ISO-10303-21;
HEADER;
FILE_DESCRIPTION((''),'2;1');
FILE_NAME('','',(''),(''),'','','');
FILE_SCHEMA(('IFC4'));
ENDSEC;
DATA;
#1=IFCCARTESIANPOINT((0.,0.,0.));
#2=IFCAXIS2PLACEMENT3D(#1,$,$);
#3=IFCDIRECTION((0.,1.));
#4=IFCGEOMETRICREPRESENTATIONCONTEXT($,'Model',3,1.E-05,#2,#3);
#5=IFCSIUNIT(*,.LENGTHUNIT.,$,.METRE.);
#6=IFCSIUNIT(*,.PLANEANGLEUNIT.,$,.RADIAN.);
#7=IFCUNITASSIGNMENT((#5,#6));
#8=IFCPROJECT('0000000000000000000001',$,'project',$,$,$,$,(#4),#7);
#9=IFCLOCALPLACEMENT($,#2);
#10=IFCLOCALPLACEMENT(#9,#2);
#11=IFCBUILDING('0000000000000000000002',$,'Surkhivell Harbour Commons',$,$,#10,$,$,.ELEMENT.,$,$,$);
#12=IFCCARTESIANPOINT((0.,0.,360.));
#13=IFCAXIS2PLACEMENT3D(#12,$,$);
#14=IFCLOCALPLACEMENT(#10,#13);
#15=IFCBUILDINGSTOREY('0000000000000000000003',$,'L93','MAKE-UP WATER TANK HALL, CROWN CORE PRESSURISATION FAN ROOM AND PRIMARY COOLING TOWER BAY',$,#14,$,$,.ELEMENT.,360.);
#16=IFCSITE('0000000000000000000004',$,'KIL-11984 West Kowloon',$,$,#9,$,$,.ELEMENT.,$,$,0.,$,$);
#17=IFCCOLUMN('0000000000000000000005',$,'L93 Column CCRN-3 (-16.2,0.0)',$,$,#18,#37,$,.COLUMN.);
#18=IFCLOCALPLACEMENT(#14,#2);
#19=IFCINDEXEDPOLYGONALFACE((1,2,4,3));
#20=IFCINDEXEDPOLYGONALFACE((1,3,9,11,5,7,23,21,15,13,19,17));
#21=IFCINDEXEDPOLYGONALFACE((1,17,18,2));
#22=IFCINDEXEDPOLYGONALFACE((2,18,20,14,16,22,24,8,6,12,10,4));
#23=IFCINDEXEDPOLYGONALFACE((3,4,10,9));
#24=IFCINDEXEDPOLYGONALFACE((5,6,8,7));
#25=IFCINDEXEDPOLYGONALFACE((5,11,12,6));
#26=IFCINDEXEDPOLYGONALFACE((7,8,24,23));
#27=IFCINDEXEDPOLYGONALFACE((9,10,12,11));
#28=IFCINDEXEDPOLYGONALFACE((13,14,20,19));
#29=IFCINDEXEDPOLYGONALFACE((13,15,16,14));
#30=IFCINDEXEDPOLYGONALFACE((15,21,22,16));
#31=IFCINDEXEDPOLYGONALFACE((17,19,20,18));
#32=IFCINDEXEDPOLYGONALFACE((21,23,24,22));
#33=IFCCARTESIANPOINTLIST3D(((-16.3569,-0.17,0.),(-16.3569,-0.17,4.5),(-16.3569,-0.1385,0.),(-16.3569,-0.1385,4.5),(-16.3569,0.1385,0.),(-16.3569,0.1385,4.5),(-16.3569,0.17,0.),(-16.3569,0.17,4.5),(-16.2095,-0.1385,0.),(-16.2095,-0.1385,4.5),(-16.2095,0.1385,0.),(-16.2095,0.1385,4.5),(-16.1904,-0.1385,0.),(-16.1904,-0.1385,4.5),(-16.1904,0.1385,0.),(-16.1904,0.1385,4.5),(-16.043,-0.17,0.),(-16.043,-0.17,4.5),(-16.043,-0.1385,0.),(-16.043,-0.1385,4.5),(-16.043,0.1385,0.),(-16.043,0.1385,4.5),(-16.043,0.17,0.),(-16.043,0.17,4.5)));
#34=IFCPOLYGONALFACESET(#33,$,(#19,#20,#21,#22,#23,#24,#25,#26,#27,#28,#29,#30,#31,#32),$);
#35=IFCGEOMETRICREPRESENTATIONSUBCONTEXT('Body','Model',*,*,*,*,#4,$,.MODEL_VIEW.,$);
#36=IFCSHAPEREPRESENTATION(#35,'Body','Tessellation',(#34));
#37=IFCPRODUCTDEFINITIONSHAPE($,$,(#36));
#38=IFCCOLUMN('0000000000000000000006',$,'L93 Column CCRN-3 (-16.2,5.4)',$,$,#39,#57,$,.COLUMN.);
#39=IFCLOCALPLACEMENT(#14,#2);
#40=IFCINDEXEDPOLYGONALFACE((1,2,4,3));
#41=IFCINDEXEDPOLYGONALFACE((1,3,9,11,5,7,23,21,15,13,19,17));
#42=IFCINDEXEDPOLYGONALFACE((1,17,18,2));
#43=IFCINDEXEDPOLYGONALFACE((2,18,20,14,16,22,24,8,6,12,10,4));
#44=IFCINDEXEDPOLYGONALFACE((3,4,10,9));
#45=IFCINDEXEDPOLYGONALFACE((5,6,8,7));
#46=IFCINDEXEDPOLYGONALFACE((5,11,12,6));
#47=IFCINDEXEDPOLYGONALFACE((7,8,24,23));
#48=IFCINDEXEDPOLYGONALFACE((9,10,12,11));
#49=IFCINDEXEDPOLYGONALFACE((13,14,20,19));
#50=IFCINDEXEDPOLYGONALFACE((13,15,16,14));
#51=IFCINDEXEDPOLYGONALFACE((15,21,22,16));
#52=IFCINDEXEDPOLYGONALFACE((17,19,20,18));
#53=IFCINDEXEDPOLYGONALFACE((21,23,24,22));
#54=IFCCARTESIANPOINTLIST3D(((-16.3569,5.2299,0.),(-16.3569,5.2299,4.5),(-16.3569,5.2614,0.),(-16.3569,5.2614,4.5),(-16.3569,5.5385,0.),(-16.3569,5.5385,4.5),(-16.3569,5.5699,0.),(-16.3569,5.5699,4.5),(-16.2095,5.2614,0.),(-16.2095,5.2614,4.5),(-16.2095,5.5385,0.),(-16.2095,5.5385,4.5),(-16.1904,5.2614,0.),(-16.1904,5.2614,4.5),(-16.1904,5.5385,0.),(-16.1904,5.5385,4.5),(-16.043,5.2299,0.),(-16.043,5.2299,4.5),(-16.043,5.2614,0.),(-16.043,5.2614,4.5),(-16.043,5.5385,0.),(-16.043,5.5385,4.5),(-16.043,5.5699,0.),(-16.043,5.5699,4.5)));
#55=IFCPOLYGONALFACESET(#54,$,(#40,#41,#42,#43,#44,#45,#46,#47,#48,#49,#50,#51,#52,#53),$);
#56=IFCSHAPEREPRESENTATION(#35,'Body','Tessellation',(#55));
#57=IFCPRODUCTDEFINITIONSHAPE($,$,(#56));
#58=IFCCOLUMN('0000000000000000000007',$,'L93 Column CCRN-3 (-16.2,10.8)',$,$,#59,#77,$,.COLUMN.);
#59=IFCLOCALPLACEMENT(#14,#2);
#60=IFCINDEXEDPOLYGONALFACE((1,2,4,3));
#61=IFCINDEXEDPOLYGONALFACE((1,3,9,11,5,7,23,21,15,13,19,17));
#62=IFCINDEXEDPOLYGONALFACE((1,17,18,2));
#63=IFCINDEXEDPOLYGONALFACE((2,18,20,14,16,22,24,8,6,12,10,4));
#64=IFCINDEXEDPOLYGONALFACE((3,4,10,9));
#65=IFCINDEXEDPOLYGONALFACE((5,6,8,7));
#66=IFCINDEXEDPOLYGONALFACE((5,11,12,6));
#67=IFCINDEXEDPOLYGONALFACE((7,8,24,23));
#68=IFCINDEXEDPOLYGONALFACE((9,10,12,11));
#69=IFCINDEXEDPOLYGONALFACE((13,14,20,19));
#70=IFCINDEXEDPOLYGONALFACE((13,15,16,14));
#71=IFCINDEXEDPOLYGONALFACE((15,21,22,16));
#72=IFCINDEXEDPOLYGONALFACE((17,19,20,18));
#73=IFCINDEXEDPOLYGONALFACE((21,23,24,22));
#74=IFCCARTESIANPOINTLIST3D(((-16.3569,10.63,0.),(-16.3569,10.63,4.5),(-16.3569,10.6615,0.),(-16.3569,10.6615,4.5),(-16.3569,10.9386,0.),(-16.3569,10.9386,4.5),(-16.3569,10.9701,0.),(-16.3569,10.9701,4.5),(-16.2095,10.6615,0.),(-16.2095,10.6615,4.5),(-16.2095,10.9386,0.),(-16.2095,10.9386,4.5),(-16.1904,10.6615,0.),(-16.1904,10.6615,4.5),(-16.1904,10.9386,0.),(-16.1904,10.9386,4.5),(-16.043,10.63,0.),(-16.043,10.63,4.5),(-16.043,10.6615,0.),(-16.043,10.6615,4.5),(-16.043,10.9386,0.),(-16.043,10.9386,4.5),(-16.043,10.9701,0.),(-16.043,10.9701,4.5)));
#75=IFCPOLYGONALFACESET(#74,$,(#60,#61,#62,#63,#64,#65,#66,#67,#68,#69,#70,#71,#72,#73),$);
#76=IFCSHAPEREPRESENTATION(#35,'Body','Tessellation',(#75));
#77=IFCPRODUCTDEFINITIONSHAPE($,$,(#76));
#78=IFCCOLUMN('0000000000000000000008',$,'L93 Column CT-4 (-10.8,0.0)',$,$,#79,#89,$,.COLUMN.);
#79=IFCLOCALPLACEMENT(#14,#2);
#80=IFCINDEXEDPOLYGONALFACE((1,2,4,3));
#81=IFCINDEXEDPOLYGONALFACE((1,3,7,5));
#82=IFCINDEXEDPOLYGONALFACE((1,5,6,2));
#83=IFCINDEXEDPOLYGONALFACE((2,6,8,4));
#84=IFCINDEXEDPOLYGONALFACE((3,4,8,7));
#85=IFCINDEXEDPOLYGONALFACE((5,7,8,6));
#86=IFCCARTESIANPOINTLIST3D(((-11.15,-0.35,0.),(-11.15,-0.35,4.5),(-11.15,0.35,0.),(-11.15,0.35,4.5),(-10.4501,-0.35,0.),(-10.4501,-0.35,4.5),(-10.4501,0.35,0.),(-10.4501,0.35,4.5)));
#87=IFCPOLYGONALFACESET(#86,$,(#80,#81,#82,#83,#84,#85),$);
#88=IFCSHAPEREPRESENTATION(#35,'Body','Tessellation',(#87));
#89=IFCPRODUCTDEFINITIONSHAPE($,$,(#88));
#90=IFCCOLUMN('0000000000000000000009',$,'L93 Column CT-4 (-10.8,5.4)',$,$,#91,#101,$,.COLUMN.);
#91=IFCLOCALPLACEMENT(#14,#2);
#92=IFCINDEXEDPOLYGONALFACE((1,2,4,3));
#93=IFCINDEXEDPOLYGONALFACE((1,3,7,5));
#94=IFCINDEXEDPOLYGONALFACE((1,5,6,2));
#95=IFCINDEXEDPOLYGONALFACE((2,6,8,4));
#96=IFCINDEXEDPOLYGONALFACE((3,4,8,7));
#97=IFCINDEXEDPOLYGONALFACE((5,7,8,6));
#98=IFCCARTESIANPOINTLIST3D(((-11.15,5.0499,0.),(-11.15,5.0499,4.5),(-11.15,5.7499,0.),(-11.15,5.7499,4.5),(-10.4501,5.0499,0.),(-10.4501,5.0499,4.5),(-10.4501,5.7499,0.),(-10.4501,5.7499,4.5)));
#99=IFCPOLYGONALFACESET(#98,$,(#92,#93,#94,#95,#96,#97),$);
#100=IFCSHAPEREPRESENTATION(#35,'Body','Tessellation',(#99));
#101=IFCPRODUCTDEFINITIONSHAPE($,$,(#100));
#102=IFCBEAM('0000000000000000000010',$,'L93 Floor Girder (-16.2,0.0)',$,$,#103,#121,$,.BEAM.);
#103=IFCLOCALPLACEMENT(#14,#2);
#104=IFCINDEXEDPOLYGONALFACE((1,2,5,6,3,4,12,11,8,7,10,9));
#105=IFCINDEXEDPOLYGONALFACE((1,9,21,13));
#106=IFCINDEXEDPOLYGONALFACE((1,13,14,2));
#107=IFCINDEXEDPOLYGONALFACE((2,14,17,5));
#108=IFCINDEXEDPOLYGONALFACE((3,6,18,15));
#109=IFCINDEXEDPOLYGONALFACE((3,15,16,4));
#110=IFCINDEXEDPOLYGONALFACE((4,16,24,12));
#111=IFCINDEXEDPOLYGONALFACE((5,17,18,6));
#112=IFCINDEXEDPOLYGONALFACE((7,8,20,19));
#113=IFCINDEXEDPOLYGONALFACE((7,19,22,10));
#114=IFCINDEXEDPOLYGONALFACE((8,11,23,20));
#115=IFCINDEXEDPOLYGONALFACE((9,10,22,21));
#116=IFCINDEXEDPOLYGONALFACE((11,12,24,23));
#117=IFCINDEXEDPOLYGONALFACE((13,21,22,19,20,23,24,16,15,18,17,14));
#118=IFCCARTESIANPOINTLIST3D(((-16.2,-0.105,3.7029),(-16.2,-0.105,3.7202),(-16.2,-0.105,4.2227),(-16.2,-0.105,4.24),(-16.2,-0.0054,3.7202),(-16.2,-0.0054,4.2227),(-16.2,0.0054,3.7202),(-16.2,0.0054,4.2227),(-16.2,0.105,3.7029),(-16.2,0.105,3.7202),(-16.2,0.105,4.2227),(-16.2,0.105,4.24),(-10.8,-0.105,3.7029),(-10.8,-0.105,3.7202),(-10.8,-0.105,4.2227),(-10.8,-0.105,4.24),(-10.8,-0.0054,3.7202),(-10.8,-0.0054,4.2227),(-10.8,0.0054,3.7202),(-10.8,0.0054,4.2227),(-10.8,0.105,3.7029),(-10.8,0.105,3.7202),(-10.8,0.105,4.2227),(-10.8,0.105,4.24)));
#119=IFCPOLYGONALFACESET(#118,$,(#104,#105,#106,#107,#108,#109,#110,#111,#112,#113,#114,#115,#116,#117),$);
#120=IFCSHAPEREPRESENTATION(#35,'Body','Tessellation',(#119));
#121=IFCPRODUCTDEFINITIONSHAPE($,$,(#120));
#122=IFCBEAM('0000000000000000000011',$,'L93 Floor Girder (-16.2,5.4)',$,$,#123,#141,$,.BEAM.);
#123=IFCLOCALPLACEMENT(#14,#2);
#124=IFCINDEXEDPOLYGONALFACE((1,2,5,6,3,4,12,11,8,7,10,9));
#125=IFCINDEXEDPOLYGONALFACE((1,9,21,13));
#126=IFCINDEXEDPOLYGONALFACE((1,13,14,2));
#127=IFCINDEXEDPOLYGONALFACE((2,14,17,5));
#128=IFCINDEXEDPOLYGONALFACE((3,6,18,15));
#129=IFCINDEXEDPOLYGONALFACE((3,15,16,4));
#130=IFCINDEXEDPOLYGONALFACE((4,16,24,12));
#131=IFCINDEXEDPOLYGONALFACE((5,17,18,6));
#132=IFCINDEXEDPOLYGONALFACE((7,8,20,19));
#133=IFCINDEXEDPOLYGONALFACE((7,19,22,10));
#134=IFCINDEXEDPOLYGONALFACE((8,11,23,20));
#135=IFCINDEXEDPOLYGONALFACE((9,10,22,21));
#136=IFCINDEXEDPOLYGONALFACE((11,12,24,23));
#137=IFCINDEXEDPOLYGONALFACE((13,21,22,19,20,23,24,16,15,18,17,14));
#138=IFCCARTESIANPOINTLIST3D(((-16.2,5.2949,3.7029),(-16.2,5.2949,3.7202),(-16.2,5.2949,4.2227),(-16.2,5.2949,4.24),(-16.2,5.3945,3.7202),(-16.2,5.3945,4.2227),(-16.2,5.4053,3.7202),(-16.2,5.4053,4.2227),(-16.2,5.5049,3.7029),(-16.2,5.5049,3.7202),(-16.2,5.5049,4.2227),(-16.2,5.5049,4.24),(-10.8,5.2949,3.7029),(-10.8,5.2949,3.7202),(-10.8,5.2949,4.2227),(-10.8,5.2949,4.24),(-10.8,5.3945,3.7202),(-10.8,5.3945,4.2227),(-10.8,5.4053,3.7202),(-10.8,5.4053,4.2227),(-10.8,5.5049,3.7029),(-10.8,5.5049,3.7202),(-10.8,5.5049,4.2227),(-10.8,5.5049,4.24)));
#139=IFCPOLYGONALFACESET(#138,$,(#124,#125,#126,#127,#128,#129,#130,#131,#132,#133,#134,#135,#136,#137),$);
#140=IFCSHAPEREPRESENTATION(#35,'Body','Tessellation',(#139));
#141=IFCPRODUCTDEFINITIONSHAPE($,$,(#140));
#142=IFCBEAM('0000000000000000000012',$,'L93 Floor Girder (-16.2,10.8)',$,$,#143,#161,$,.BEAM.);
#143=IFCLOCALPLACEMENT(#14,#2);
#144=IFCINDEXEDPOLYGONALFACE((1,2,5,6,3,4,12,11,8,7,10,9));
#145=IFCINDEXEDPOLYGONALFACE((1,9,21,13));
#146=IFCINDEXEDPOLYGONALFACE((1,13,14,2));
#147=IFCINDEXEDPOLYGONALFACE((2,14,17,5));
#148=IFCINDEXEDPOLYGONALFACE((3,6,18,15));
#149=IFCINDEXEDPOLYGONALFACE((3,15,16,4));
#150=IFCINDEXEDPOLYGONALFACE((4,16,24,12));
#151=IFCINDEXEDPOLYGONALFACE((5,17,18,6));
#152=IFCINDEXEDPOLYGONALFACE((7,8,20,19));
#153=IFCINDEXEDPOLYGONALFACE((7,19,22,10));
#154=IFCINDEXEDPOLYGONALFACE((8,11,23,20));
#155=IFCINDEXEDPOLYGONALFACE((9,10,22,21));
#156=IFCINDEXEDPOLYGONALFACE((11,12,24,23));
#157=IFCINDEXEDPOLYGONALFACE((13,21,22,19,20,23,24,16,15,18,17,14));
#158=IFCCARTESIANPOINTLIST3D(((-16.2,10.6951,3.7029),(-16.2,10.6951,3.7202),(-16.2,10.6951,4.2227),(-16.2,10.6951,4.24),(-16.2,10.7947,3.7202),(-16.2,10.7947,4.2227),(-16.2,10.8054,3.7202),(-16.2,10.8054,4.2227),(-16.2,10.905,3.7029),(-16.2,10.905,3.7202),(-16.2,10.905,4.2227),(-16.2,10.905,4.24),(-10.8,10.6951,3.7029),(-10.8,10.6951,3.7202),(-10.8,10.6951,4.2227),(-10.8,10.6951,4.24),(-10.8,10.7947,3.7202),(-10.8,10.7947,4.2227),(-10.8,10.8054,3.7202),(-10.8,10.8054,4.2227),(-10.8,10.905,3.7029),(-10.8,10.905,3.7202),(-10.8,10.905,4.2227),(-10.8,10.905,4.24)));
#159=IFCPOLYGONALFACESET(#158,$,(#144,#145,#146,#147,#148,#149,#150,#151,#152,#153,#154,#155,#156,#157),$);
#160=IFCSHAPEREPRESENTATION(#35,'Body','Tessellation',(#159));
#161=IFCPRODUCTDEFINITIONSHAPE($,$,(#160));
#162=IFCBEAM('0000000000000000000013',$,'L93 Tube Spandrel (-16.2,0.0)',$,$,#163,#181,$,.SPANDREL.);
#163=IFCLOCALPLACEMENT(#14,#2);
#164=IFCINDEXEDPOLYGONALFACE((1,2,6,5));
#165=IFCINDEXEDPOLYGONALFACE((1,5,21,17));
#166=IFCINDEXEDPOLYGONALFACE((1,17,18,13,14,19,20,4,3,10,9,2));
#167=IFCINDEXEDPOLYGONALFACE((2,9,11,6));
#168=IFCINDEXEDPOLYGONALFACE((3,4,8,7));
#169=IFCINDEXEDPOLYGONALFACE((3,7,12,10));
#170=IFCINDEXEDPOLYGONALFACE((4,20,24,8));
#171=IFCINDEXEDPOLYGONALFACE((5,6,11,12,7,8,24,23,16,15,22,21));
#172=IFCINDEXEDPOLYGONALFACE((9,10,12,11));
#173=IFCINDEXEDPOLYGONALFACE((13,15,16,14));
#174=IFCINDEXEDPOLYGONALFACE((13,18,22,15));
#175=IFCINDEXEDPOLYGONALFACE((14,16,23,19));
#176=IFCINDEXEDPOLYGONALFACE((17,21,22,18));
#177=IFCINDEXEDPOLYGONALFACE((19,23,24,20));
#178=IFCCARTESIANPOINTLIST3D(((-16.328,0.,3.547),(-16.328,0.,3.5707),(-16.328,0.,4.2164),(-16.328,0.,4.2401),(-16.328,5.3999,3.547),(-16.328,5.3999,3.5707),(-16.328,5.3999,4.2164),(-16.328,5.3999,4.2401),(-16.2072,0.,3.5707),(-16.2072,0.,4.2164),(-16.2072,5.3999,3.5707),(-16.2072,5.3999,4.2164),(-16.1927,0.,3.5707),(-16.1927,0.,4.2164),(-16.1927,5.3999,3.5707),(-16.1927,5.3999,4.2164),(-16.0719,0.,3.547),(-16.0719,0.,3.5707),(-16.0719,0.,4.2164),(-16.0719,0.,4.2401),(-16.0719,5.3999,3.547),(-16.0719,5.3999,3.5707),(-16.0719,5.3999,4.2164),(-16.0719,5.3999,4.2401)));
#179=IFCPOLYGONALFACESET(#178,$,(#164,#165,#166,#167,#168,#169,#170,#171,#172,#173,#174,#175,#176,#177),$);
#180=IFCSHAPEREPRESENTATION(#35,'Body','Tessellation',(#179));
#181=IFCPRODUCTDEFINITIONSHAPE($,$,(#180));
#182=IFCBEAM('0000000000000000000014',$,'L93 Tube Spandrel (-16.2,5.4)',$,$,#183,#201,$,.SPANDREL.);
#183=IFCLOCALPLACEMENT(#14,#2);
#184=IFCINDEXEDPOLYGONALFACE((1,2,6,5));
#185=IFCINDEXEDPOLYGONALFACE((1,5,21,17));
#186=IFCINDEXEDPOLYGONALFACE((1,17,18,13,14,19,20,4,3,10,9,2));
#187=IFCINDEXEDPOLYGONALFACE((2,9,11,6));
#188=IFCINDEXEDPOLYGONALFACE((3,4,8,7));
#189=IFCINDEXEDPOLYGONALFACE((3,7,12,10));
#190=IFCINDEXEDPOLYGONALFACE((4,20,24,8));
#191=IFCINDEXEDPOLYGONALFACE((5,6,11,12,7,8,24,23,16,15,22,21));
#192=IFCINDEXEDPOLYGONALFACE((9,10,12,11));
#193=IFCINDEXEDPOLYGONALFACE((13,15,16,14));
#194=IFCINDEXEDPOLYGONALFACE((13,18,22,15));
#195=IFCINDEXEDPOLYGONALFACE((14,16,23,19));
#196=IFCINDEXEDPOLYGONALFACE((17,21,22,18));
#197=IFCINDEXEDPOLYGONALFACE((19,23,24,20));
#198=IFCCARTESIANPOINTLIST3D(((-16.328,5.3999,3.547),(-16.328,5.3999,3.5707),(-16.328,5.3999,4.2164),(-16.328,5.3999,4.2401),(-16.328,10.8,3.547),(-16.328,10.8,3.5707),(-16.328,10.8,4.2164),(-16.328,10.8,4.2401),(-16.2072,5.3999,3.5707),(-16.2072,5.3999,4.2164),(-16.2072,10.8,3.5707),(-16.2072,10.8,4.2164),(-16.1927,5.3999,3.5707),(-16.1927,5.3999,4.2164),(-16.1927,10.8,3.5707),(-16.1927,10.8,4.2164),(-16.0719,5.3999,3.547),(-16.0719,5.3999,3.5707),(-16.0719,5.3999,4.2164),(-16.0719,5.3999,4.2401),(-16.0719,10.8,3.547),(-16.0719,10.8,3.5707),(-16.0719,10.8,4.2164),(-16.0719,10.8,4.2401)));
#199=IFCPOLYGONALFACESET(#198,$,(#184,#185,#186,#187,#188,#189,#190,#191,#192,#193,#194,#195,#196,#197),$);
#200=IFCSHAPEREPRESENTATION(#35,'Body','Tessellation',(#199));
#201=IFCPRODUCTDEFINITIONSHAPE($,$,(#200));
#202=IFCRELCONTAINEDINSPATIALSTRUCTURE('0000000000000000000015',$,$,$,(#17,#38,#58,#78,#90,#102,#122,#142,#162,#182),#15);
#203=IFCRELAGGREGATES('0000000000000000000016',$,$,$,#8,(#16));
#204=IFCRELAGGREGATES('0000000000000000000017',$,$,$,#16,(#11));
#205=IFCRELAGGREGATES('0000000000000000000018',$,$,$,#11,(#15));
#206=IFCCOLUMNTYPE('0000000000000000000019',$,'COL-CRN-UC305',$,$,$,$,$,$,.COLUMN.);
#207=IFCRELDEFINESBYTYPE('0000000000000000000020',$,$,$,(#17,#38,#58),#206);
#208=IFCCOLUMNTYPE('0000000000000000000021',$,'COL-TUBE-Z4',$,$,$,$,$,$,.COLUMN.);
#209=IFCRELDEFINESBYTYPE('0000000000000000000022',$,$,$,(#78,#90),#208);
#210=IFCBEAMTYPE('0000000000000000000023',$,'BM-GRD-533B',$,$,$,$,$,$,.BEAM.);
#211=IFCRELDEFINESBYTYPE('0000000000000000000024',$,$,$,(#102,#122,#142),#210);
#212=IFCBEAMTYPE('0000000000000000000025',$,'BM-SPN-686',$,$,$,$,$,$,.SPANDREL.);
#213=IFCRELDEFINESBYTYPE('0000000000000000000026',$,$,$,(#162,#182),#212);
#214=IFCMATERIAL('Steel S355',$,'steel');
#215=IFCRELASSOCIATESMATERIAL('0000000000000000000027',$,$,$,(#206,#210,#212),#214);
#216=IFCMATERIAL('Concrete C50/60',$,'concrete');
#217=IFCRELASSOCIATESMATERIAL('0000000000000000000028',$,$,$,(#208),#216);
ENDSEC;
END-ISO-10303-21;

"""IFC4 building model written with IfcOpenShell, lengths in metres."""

from ifc_helpers import new_model, si_unit, direction, frame, origin, origin_2d, place, context, subcontext, project, spatial, rectangle, i_section, extrude, material, material_profile, profile_set, type_object, element, save


model = new_model("IFC4")

# Units and contexts
model_context = context("Model", 3, precision=1e-05, world=origin(), true_north=direction((0.0, 1.0)))
body_context = subcontext(model_context, "Body", "Model", "MODEL_VIEW")
ifc_project = project(units=[si_unit("LENGTHUNIT", "METRE"), si_unit("PLANEANGLEUNIT", "RADIAN")], contexts=[model_context])

# Site, building, storey
site_placement = place(None, origin())
site = spatial("IfcSite", under=ifc_project, at=site_placement, Name="KIL-11984 West Kowloon", CompositionType="ELEMENT", RefElevation=0.0)
building_placement = place(site_placement, origin())
building = spatial("IfcBuilding", under=site, at=building_placement, Name="Surkhivell Harbour Commons", CompositionType="ELEMENT")
storey_placement = place(building_placement, frame((0.0, 0.0, 360.0)))
storey = spatial("IfcBuildingStorey", under=building, at=storey_placement, Name="L93", Description="MAKE-UP WATER TANK HALL, CROWN CORE PRESSURISATION FAN ROOM AND PRIMARY COOLING TOWER BAY", CompositionType="ELEMENT", Elevation=360.0)

# Columns
ifc_material_1 = material(Name="Steel S355", Category="steel")
ifc_material_profile_1 = material_profile(ifc_material_1, i_section(OverallWidth=0.314, OverallDepth=0.3401, WebThickness=0.019, FlangeThickness=0.0315, at=origin_2d()), Name="UC305x305x198")
ifc_profile_set_1 = profile_set([ifc_material_profile_1], Name="Steel S355")
column_type_1 = type_object("IfcColumnType", Name="COL-CRN-UC305", PredefinedType="COLUMN", material=ifc_profile_set_1)
for number, where, z_axis, x_axis, name in (
    (1, (-16.2, 0.0, 0.0), (0.0, 0.0, 1.0), (1.0, 0.0, 0.0), "L93 Column CCRN-3 (-16.2,0.0)"),
    (2, (-16.2, 5.3999, 0.0), (0.0, 0.0, 1.0), (1.0, 0.0, 0.0), "L93 Column CCRN-3 (-16.2,5.4)"),
    (3, (-16.2, 10.8, 0.0), (0.0, 0.0, 1.0), (1.0, 0.0, 0.0), "L93 Column CCRN-3 (-16.2,10.8)"),
):
    element("IfcColumn", number, at=place(storey_placement, frame(where, z_axis=z_axis, x_axis=x_axis)), inside=storey, type_object=column_type_1, Name=name, PredefinedType="COLUMN", context=body_context, shape_type="SweptSolid", body=[
        extrude(i_section(OverallWidth=0.314, OverallDepth=0.3401, WebThickness=0.019, FlangeThickness=0.0315, at=origin_2d()), origin(), (0.0, 0.0, 1.0), 4.5),
    ])
ifc_material_2 = material(Name="Concrete C50/60", Category="concrete")
ifc_material_profile_2 = material_profile(ifc_material_2, rectangle(XDim=0.7, YDim=0.7, at=origin_2d()), Name="RC-COL-700x700")
ifc_profile_set_2 = profile_set([ifc_material_profile_2], Name="Concrete C50/60")
column_type_2 = type_object("IfcColumnType", Name="COL-TUBE-Z4", PredefinedType="COLUMN", material=ifc_profile_set_2)
for number, where, z_axis, x_axis, name in (
    (4, (-10.8, 0.0, 0.0), (0.0, 0.0, 1.0), (1.0, 0.0, 0.0), "L93 Column CT-4 (-10.8,0.0)"),
    (5, (-10.8, 5.3999, 0.0), (0.0, 0.0, 1.0), (1.0, 0.0, 0.0), "L93 Column CT-4 (-10.8,5.4)"),
):
    element("IfcColumn", number, at=place(storey_placement, frame(where, z_axis=z_axis, x_axis=x_axis)), inside=storey, type_object=column_type_2, Name=name, PredefinedType="COLUMN", context=body_context, shape_type="SweptSolid", body=[
        extrude(rectangle(XDim=0.7, YDim=0.7, at=origin_2d()), origin(), (0.0, 0.0, 1.0), 4.5),
    ])

# Beams
ifc_material_profile_3 = material_profile(ifc_material_1, i_section(OverallWidth=0.21, OverallDepth=0.5371, WebThickness=0.0107, FlangeThickness=0.0173, at=origin_2d()), Name="UB533x210x101")
ifc_profile_set_3 = profile_set([ifc_material_profile_3], Name="Steel S355")
beam_type_1 = type_object("IfcBeamType", Name="BM-GRD-533B", PredefinedType="BEAM", material=ifc_profile_set_3)
for number, where, z_axis, x_axis, name in (
    (6, (-16.2, 0.0, 3.9714), (1.0, 0.0, 0.0), (0.0, 1.0, 0.0), "L93 Floor Girder (-16.2,0.0)"),
    (7, (-16.2, 5.3999, 3.9714), (1.0, 0.0, 0.0), (0.0, 1.0, 0.0), "L93 Floor Girder (-16.2,5.4)"),
    (8, (-16.2, 10.8, 3.9714), (1.0, 0.0, 0.0), (0.0, 1.0, 0.0), "L93 Floor Girder (-16.2,10.8)"),
):
    element("IfcBeam", number, at=place(storey_placement, frame(where, z_axis=z_axis, x_axis=x_axis)), inside=storey, type_object=beam_type_1, Name=name, PredefinedType="BEAM", context=body_context, shape_type="SweptSolid", body=[
        extrude(i_section(OverallWidth=0.21, OverallDepth=0.5371, WebThickness=0.0107, FlangeThickness=0.0173, at=origin_2d()), origin(), (0.0, 0.0, 1.0), 5.3999),
    ])
ifc_material_profile_4 = material_profile(ifc_material_1, i_section(OverallWidth=0.2561, OverallDepth=0.6931, WebThickness=0.0144, FlangeThickness=0.0237, at=origin_2d()), Name="UB686x254x170")
ifc_profile_set_4 = profile_set([ifc_material_profile_4], Name="Steel S355")
beam_type_2 = type_object("IfcBeamType", Name="BM-SPN-686", PredefinedType="SPANDREL", material=ifc_profile_set_4)
beam_1_placement = place(storey_placement, frame((-16.2, 0.0, 3.8936), z_axis=(0.0, 1.0, 0.0), x_axis=(-1.0, 0.0, 0.0)))
element("IfcBeam", 9, at=beam_1_placement, inside=storey, type_object=beam_type_2, Name="L93 Tube Spandrel (-16.2,0.0)", PredefinedType="SPANDREL", context=body_context, shape_type="SweptSolid", body=[
    extrude(i_section(OverallWidth=0.2561, OverallDepth=0.6931, WebThickness=0.0144, FlangeThickness=0.0237, at=origin_2d()), origin(), (0.0, 0.0, 1.0), 5.3999),
])
beam_2_placement = place(storey_placement, frame((-16.2, 5.3999, 3.8936), z_axis=(0.0, 1.0, 0.0), x_axis=(-1.0, 0.0, 0.0)))
element("IfcBeam", 10, at=beam_2_placement, inside=storey, type_object=beam_type_2, Name="L93 Tube Spandrel (-16.2,5.4)", PredefinedType="SPANDREL", context=body_context, shape_type="SweptSolid", body=[
    extrude(i_section(OverallWidth=0.2561, OverallDepth=0.6931, WebThickness=0.0144, FlangeThickness=0.0237, at=origin_2d()), origin(), (0.0, 0.0, 1.0), 5.4001),
])

save(model, "model.ifc")
